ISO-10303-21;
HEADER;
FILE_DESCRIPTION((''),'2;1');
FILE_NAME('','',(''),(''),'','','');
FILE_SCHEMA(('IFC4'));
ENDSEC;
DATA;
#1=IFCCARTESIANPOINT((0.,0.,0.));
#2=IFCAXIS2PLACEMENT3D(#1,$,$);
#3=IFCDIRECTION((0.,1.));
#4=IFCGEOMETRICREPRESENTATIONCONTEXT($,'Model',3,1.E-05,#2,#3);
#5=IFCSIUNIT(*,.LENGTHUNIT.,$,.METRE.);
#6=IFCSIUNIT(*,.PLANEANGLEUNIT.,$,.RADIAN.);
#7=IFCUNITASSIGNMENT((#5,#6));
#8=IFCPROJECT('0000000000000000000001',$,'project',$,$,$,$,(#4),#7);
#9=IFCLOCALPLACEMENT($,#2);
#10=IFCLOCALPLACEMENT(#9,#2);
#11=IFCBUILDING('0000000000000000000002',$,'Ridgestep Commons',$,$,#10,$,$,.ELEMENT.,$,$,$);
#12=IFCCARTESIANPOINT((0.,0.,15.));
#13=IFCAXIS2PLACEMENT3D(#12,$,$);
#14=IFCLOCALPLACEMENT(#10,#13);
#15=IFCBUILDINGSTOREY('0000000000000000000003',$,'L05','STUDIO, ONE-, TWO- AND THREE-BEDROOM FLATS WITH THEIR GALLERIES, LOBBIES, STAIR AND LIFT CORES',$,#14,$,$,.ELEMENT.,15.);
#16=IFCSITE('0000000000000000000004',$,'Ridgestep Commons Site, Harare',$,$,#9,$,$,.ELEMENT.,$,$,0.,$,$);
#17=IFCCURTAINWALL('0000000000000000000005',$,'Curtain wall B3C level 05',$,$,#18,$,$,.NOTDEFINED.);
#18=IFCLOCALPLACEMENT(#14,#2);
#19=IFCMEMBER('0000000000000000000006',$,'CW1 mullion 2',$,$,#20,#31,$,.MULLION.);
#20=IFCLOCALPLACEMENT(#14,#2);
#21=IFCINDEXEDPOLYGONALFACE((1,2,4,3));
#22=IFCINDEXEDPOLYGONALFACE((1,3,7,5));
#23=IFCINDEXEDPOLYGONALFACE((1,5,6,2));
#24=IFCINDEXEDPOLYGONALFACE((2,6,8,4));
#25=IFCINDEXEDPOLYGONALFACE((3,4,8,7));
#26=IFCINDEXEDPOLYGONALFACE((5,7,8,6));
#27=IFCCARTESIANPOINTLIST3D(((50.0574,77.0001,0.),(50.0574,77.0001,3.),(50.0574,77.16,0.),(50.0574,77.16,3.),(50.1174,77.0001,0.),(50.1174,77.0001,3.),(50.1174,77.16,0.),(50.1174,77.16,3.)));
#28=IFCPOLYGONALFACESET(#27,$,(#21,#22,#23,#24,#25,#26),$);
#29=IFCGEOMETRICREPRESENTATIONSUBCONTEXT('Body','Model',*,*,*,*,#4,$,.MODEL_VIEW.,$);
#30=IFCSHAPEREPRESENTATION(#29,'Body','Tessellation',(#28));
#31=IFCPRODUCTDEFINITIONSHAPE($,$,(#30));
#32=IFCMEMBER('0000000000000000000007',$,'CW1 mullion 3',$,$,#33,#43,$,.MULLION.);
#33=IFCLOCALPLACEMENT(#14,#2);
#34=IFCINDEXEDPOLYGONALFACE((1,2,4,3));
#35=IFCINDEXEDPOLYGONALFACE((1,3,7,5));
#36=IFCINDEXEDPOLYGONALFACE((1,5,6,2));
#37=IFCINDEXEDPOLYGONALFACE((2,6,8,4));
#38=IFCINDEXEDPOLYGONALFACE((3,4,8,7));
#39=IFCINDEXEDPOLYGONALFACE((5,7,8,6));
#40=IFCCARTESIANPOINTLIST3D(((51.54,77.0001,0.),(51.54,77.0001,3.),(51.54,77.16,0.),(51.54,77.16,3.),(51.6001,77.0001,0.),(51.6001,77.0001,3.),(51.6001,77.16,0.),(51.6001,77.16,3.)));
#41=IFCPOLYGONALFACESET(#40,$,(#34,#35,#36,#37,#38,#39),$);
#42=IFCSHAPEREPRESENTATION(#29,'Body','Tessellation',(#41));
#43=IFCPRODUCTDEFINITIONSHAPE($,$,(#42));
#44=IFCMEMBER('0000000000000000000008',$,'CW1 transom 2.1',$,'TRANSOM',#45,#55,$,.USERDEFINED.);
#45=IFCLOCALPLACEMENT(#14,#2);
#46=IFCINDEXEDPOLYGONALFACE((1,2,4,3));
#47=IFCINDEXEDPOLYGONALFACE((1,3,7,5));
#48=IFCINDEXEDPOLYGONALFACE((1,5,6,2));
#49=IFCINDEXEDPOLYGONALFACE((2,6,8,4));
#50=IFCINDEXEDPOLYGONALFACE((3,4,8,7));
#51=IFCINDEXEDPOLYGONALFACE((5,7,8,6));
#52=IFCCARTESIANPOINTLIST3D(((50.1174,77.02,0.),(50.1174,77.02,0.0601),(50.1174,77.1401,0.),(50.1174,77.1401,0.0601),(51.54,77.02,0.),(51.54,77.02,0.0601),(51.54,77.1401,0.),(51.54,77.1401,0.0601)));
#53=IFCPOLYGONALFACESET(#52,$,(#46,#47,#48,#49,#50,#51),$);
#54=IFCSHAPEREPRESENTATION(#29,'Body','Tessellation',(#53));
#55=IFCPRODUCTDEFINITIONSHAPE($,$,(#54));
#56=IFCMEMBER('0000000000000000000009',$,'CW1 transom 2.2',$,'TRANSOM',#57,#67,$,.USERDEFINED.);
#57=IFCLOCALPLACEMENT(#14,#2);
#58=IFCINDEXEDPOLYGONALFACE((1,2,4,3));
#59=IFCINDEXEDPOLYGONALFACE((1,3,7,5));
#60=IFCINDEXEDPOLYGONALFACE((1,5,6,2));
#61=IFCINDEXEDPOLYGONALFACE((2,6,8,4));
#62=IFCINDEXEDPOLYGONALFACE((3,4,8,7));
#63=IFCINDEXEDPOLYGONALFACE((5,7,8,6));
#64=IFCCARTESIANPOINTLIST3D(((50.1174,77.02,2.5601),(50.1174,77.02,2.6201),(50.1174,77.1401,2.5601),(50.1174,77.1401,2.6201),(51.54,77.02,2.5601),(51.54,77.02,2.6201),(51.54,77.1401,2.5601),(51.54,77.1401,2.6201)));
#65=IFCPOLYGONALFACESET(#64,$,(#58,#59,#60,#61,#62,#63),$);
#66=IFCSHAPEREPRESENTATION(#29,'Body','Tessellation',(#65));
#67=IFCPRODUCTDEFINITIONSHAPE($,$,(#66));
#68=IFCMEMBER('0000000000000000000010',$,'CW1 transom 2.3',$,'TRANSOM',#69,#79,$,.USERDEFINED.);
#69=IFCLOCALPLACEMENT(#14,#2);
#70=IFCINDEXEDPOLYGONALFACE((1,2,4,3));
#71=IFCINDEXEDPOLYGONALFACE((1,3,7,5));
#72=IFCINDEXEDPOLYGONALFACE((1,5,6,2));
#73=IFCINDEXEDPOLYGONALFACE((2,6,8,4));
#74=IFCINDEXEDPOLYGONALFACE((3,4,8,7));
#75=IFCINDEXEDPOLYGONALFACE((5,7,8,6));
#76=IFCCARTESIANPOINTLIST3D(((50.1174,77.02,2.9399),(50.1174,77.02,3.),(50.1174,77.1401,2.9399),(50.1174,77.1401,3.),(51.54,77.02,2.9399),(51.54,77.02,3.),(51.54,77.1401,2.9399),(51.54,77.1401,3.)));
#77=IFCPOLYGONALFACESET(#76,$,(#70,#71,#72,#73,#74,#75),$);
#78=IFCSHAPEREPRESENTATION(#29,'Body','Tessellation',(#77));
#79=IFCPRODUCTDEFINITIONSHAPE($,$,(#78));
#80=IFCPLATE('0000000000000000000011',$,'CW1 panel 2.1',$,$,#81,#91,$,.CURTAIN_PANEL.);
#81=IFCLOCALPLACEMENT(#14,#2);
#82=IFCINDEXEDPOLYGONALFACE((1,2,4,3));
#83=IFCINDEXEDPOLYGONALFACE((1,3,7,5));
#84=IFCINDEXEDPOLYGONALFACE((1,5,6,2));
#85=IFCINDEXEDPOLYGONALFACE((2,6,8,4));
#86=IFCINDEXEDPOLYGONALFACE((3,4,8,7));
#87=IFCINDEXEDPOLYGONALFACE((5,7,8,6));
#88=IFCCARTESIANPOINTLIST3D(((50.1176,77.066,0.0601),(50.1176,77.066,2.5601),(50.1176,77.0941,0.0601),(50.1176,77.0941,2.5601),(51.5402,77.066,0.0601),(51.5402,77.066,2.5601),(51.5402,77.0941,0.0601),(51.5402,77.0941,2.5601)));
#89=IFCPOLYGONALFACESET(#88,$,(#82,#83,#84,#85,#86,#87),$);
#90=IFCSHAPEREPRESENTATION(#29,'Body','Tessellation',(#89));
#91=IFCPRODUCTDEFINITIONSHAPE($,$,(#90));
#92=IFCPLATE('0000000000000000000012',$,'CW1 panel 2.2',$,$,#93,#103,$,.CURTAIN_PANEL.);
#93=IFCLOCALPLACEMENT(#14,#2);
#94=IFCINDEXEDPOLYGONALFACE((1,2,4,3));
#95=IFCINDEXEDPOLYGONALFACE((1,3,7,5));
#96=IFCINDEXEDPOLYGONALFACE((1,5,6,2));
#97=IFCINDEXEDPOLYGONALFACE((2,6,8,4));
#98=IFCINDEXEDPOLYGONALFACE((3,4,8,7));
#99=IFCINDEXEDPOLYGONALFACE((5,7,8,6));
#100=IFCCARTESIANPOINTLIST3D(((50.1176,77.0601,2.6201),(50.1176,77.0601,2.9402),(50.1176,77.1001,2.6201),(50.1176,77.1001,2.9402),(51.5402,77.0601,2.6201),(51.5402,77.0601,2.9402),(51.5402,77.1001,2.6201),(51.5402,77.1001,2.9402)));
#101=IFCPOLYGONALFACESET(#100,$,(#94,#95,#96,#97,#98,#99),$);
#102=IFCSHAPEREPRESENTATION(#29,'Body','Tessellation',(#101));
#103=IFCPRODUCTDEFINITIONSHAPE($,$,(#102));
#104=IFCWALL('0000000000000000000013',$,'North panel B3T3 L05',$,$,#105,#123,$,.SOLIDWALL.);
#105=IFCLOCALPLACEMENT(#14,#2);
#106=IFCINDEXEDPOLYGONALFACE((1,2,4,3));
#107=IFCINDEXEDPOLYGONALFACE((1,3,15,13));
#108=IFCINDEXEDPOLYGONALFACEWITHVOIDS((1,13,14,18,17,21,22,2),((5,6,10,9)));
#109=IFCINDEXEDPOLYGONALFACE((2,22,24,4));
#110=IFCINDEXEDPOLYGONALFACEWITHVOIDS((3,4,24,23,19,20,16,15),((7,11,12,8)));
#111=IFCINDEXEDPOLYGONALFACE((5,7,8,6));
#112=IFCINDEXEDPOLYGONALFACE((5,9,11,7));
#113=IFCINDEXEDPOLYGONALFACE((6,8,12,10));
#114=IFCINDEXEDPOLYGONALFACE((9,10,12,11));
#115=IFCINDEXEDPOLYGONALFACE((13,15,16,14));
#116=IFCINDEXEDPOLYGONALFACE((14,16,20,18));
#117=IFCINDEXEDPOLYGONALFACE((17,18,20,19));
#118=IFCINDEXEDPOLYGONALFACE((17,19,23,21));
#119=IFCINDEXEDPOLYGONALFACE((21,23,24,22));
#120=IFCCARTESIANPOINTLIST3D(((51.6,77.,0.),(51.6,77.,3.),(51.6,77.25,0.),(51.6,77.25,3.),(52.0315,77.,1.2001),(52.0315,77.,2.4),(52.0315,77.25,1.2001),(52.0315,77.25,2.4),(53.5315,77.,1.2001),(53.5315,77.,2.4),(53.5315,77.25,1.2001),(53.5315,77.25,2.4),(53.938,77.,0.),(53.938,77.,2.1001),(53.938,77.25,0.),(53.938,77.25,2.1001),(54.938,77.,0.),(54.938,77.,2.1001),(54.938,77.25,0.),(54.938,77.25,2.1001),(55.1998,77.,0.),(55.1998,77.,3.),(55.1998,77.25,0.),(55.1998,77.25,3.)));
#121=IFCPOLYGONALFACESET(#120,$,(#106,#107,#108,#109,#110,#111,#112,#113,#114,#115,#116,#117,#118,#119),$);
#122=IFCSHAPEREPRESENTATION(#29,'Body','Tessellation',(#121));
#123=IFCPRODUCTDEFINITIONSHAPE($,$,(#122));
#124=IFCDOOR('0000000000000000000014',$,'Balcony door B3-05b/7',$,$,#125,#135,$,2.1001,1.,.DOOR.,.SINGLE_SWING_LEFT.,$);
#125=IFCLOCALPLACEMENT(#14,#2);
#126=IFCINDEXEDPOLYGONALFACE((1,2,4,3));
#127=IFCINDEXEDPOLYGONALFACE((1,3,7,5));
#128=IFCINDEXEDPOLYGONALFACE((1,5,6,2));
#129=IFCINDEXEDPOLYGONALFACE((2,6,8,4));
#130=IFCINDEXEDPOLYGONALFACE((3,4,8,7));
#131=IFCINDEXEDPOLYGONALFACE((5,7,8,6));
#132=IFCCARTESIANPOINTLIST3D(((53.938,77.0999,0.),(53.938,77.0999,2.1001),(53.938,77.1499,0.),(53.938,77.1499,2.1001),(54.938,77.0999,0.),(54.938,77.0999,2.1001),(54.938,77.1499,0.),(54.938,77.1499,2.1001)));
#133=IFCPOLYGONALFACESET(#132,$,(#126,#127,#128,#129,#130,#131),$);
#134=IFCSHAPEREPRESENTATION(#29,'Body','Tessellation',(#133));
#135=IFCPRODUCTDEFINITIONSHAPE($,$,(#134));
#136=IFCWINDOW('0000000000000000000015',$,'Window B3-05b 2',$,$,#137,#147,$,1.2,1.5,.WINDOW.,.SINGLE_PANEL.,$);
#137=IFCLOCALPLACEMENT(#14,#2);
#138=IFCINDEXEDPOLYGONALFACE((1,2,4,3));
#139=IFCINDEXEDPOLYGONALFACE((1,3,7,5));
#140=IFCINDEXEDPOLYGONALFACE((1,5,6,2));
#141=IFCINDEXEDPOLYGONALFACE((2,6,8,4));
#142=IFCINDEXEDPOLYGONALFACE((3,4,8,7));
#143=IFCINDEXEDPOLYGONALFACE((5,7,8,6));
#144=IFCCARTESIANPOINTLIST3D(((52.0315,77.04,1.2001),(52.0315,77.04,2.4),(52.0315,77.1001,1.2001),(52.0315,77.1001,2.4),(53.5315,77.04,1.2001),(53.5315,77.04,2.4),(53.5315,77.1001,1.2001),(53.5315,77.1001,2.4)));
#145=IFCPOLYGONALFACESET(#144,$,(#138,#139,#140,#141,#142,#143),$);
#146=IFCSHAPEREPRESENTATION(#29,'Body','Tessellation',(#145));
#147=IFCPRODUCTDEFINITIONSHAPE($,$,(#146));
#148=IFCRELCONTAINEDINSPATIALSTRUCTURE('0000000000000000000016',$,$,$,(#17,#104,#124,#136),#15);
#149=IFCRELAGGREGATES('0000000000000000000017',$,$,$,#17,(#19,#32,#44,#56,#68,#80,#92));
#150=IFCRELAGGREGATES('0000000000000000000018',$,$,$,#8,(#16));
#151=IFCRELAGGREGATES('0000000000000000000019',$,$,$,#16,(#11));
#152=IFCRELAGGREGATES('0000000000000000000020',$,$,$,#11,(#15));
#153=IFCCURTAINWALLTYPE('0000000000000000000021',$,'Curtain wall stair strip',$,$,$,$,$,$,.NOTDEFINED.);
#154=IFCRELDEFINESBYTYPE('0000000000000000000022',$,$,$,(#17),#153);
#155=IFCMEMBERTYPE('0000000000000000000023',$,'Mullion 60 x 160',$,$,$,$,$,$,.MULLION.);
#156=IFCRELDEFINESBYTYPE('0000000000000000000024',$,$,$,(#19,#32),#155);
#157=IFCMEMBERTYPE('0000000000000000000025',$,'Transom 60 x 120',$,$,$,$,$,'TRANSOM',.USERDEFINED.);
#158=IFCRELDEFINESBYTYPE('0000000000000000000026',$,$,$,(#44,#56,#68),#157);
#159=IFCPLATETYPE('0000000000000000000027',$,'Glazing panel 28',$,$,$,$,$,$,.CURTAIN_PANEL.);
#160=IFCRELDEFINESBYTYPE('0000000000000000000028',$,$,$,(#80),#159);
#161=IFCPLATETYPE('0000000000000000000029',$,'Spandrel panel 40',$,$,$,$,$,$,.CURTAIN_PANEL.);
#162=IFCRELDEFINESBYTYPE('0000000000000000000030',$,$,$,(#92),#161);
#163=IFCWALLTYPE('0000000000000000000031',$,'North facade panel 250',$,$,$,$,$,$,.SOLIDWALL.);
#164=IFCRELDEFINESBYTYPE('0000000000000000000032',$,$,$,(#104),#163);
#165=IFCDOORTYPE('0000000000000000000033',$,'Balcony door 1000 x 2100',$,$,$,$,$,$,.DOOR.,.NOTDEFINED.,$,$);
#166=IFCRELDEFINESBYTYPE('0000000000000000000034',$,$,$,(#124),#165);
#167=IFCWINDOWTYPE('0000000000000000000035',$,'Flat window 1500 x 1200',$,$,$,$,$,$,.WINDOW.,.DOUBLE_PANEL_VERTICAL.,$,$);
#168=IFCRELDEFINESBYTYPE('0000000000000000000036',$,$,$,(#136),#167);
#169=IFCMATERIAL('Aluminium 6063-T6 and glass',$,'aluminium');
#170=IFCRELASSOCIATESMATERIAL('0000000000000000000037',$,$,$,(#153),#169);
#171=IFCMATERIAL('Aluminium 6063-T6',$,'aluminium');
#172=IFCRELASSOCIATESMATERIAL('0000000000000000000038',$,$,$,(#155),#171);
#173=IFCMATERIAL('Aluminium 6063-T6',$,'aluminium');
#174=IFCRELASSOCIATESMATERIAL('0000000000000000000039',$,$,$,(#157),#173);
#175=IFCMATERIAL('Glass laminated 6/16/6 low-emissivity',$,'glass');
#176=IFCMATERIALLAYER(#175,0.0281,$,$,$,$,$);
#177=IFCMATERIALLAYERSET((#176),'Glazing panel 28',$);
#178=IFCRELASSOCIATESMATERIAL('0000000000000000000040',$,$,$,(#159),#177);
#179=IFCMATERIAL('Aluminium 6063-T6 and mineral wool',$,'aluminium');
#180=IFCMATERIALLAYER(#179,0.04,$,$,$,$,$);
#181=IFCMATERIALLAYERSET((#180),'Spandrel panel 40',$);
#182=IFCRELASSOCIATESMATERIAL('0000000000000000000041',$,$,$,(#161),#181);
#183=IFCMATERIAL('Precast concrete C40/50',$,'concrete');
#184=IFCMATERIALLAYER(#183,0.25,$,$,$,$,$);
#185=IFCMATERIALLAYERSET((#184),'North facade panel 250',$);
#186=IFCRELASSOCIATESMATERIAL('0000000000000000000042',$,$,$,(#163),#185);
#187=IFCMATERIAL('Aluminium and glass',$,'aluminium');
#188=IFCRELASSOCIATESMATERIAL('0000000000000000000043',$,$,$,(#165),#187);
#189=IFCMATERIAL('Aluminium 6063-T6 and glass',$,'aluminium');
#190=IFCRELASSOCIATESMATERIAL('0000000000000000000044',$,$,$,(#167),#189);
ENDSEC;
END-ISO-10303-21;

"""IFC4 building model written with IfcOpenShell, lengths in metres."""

from ifc_helpers import new_model, si_unit, direction, frame, frame_2d, origin, origin_2d, place, context, subcontext, project, spatial, rectangle, extrude, material, layer, layer_set, material_profile, profile_set, type_object, element, fill, aggregate, save


model = new_model("IFC4")

# Units and contexts
model_context = context("Model", 3, precision=1e-05, world=origin(), true_north=direction((0.0, 1.0)))
body_context = subcontext(model_context, "Body", "Model", "MODEL_VIEW")
ifc_project = project(units=[si_unit("LENGTHUNIT", "METRE"), si_unit("PLANEANGLEUNIT", "RADIAN")], contexts=[model_context])

# Site, building, storey
site_placement = place(None, origin())
site = spatial("IfcSite", under=ifc_project, at=site_placement, Name="Ridgestep Commons Site, Harare", CompositionType="ELEMENT", RefElevation=0.0)
building_placement = place(site_placement, origin())
building = spatial("IfcBuilding", under=site, at=building_placement, Name="Ridgestep Commons", CompositionType="ELEMENT")
storey_placement = place(building_placement, frame((0.0, 0.0, 15.0)))
storey = spatial("IfcBuildingStorey", under=building, at=storey_placement, Name="L05", Description="STUDIO, ONE-, TWO- AND THREE-BEDROOM FLATS WITH THEIR GALLERIES, LOBBIES, STAIR AND LIFT CORES", CompositionType="ELEMENT", Elevation=15.0)

# Curtain wall, members, plates
ifc_material_1 = material(Name="Aluminium 6063-T6 and glass", Category="aluminium")
curtain_wall_type = type_object("IfcCurtainWallType", Name="Curtain wall stair strip", PredefinedType="NOTDEFINED", material=ifc_material_1)
curtain_wall_placement = place(storey_placement, origin())
curtain_wall = element("IfcCurtainWall", 1, at=curtain_wall_placement, inside=storey, type_object=curtain_wall_type, Name="Curtain wall B3C level 05", PredefinedType="NOTDEFINED")
ifc_material_2 = material(Name="Aluminium 6063-T6", Category="aluminium")
ifc_material_profile_1 = material_profile(ifc_material_2, rectangle(XDim=0.1599, YDim=0.0601, at=origin_2d()), Name="Mullion 60 x 160")
ifc_profile_set_1 = profile_set([ifc_material_profile_1], Name="Aluminium 6063-T6")
member_type_1 = type_object("IfcMemberType", Name="Mullion 60 x 160", PredefinedType="MULLION", material=ifc_profile_set_1)
member_1_placement = place(storey_placement, frame((50.0874, 77.0801, 0.0), z_axis=(0.0, 0.0, 1.0), x_axis=(0.0, 1.0, 0.0)))
member_1 = element("IfcMember", 2, at=member_1_placement, type_object=member_type_1, Name="CW1 mullion 2", PredefinedType="MULLION", context=body_context, shape_type="SweptSolid", body=[
    extrude(rectangle(XDim=0.1599, YDim=0.0601, at=origin_2d()), origin(), (0.0, 0.0, 1.0), 3.0),
])
member_2_placement = place(storey_placement, frame((51.5701, 77.0801, 0.0), z_axis=(0.0, 0.0, 1.0), x_axis=(0.0, 1.0, 0.0)))
member_2 = element("IfcMember", 3, at=member_2_placement, type_object=member_type_1, Name="CW1 mullion 3", PredefinedType="MULLION", context=body_context, shape_type="SweptSolid", body=[
    extrude(rectangle(XDim=0.1599, YDim=0.0601, at=origin_2d()), origin(), (0.0, 0.0, 1.0), 3.0),
])
ifc_material_3 = material(Name="Aluminium 6063-T6", Category="aluminium")
ifc_material_profile_2 = material_profile(ifc_material_3, rectangle(XDim=0.1201, YDim=0.0601, at=origin_2d()), Name="Transom 60 x 120")
ifc_profile_set_2 = profile_set([ifc_material_profile_2], Name="Aluminium 6063-T6")
member_type_2 = type_object("IfcMemberType", Name="Transom 60 x 120", ElementType="TRANSOM", PredefinedType="USERDEFINED", material=ifc_profile_set_2)
member_3_placement = place(storey_placement, frame((50.1174, 77.0801, 0.03), z_axis=(1.0, 0.0, 0.0), x_axis=(0.0, 1.0, 0.0)))
member_3 = element("IfcMember", 4, at=member_3_placement, type_object=member_type_2, Name="CW1 transom 2.1", ObjectType="TRANSOM", PredefinedType="USERDEFINED", context=body_context, shape_type="SweptSolid", body=[
    extrude(rectangle(XDim=0.1201, YDim=0.0601, at=origin_2d()), origin(), (0.0, 0.0, 1.0), 1.4226),
])
member_4_placement = place(storey_placement, frame((50.1174, 77.0801, 2.5901), z_axis=(1.0, 0.0, 0.0), x_axis=(0.0, 1.0, 0.0)))
member_4 = element("IfcMember", 5, at=member_4_placement, type_object=member_type_2, Name="CW1 transom 2.2", ObjectType="TRANSOM", PredefinedType="USERDEFINED", context=body_context, shape_type="SweptSolid", body=[
    extrude(rectangle(XDim=0.1201, YDim=0.0601, at=origin_2d()), origin(), (0.0, 0.0, 1.0), 1.4226),
])
member_5_placement = place(storey_placement, frame((50.1174, 77.0801, 2.97), z_axis=(1.0, 0.0, 0.0), x_axis=(0.0, 1.0, 0.0)))
member_5 = element("IfcMember", 6, at=member_5_placement, type_object=member_type_2, Name="CW1 transom 2.3", ObjectType="TRANSOM", PredefinedType="USERDEFINED", context=body_context, shape_type="SweptSolid", body=[
    extrude(rectangle(XDim=0.1201, YDim=0.0601, at=origin_2d()), origin(), (0.0, 0.0, 1.0), 1.4226),
])
ifc_material_4 = material(Name="Glass laminated 6/16/6 low-emissivity", Category="glass")
ifc_layer_1 = layer(ifc_material_4, 0.0281)
ifc_layer_set_1 = layer_set([ifc_layer_1], Name="Glazing panel 28")
plate_type_1 = type_object("IfcPlateType", Name="Glazing panel 28", PredefinedType="CURTAIN_PANEL", material=ifc_layer_set_1)
plate_1_placement = place(storey_placement, frame((50.8289, 77.0801, 0.0601), z_axis=(0.0, 0.0, 1.0), x_axis=(1.0, 0.0, 0.0)))
plate_1 = element("IfcPlate", 7, at=plate_1_placement, type_object=plate_type_1, Name="CW1 panel 2.1", PredefinedType="CURTAIN_PANEL", context=body_context, shape_type="SweptSolid", body=[
    extrude(rectangle(XDim=1.4226, YDim=0.0281, at=origin_2d()), origin(), (0.0, 0.0, 1.0), 2.5),
])
ifc_material_5 = material(Name="Aluminium 6063-T6 and mineral wool", Category="aluminium")
ifc_layer_2 = layer(ifc_material_5, 0.04)
ifc_layer_set_2 = layer_set([ifc_layer_2], Name="Spandrel panel 40")
plate_type_2 = type_object("IfcPlateType", Name="Spandrel panel 40", PredefinedType="CURTAIN_PANEL", material=ifc_layer_set_2)
plate_2_placement = place(storey_placement, frame((50.8289, 77.0801, 2.6201), z_axis=(0.0, 0.0, 1.0), x_axis=(1.0, 0.0, 0.0)))
plate_2 = element("IfcPlate", 8, at=plate_2_placement, type_object=plate_type_2, Name="CW1 panel 2.2", PredefinedType="CURTAIN_PANEL", context=body_context, shape_type="SweptSolid", body=[
    extrude(rectangle(XDim=1.4226, YDim=0.04, at=origin_2d()), origin(), (0.0, 0.0, 1.0), 0.3201),
])
aggregate(curtain_wall, [member_1, member_2, member_3, member_4, member_5, plate_1, plate_2])

# Wall, openings, door, window
ifc_material_6 = material(Name="Precast concrete C40/50", Category="concrete")
ifc_layer_3 = layer(ifc_material_6, 0.25)
ifc_layer_set_3 = layer_set([ifc_layer_3], Name="North facade panel 250")
wall_type_1 = type_object("IfcWallType", Name="North facade panel 250", PredefinedType="SOLIDWALL", material=ifc_layer_set_3)
wall_1_placement = place(storey_placement, frame((51.6001, 77.125, 0.0), z_axis=(0.0, 0.0, 1.0), x_axis=(1.0, 0.0, 0.0)))
wall_1 = element("IfcWall", 9, at=wall_1_placement, inside=storey, type_object=wall_type_1, Name="North panel B3T3 L05", PredefinedType="SOLIDWALL", context=body_context, shape_type="SweptSolid", body=[
    extrude(rectangle(XDim=3.5999, YDim=0.25, at=frame_2d((1.7998, 0.0))), origin(), (0.0, 0.0, 1.0), 3.0),
])
opening_1_placement = place(wall_1_placement, frame((0.4314, 0.0, 1.2)))
opening_1 = element("IfcOpeningElement", 10, at=opening_1_placement, cuts=wall_1, PredefinedType="OPENING", context=body_context, shape_type="SweptSolid", body=[
    extrude(rectangle(XDim=1.5, YDim=1.2, at=frame_2d((0.75, 0.6001))), frame((0.0, 0.135, 0.0), z_axis=(0.0, -1.0, 0.0), x_axis=(1.0, 0.0, 0.0)), (0.0, 0.0, 1.0), 0.27),
])
opening_2_placement = place(wall_1_placement, frame((2.3379, 0.0, 0.0)))
opening_2 = element("IfcOpeningElement", 11, at=opening_2_placement, cuts=wall_1, PredefinedType="OPENING", context=body_context, shape_type="SweptSolid", body=[
    extrude(rectangle(XDim=1.0, YDim=2.1001, at=frame_2d((0.5, 1.05))), frame((0.0, 0.135, 0.0), z_axis=(0.0, -1.0, 0.0), x_axis=(1.0, 0.0, 0.0)), (0.0, 0.0, 1.0), 0.27),
])
ifc_material_7 = material(Name="Aluminium and glass", Category="aluminium")
door_type_1 = type_object("IfcDoorType", Name="Balcony door 1000 x 2100", OperationType="NOTDEFINED", PredefinedType="DOOR", material=ifc_material_7)
door_1_placement = place(opening_2_placement, origin())
door_1 = element("IfcDoor", 12, at=door_1_placement, inside=storey, type_object=door_type_1, Name="Balcony door B3-05b/7", OperationType="SINGLE_SWING_LEFT", OverallHeight=2.1001, OverallWidth=1.0, PredefinedType="DOOR", context=body_context, shape_type="SweptSolid", body=[
    extrude(rectangle(XDim=1.0, YDim=2.1001, at=frame_2d((0.5, 1.05))), frame((0.0, 0.0249, 0.0), z_axis=(0.0, -1.0, 0.0), x_axis=(1.0, 0.0, 0.0)), (0.0, 0.0, 1.0), 0.05),
])
fill(opening_2, door_1)
ifc_material_8 = material(Name="Aluminium 6063-T6 and glass", Category="aluminium")
window_type_1 = type_object("IfcWindowType", Name="Flat window 1500 x 1200", PartitioningType="DOUBLE_PANEL_VERTICAL", PredefinedType="WINDOW", material=ifc_material_8)
window_1_placement = place(opening_1_placement, origin())
window_1 = element("IfcWindow", 13, at=window_1_placement, inside=storey, type_object=window_type_1, Name="Window B3-05b 2", OverallHeight=1.2, OverallWidth=1.5, PartitioningType="SINGLE_PANEL", PredefinedType="WINDOW", context=body_context, shape_type="SweptSolid", body=[
    extrude(rectangle(XDim=1.5, YDim=1.2, at=frame_2d((0.75, 0.6001))), frame((0.0, -0.0249, 0.0), z_axis=(0.0, -1.0, 0.0), x_axis=(1.0, 0.0, 0.0)), (0.0, 0.0, 1.0), 0.0601),
])
fill(opening_1, window_1)

save(model, "model.ifc")
